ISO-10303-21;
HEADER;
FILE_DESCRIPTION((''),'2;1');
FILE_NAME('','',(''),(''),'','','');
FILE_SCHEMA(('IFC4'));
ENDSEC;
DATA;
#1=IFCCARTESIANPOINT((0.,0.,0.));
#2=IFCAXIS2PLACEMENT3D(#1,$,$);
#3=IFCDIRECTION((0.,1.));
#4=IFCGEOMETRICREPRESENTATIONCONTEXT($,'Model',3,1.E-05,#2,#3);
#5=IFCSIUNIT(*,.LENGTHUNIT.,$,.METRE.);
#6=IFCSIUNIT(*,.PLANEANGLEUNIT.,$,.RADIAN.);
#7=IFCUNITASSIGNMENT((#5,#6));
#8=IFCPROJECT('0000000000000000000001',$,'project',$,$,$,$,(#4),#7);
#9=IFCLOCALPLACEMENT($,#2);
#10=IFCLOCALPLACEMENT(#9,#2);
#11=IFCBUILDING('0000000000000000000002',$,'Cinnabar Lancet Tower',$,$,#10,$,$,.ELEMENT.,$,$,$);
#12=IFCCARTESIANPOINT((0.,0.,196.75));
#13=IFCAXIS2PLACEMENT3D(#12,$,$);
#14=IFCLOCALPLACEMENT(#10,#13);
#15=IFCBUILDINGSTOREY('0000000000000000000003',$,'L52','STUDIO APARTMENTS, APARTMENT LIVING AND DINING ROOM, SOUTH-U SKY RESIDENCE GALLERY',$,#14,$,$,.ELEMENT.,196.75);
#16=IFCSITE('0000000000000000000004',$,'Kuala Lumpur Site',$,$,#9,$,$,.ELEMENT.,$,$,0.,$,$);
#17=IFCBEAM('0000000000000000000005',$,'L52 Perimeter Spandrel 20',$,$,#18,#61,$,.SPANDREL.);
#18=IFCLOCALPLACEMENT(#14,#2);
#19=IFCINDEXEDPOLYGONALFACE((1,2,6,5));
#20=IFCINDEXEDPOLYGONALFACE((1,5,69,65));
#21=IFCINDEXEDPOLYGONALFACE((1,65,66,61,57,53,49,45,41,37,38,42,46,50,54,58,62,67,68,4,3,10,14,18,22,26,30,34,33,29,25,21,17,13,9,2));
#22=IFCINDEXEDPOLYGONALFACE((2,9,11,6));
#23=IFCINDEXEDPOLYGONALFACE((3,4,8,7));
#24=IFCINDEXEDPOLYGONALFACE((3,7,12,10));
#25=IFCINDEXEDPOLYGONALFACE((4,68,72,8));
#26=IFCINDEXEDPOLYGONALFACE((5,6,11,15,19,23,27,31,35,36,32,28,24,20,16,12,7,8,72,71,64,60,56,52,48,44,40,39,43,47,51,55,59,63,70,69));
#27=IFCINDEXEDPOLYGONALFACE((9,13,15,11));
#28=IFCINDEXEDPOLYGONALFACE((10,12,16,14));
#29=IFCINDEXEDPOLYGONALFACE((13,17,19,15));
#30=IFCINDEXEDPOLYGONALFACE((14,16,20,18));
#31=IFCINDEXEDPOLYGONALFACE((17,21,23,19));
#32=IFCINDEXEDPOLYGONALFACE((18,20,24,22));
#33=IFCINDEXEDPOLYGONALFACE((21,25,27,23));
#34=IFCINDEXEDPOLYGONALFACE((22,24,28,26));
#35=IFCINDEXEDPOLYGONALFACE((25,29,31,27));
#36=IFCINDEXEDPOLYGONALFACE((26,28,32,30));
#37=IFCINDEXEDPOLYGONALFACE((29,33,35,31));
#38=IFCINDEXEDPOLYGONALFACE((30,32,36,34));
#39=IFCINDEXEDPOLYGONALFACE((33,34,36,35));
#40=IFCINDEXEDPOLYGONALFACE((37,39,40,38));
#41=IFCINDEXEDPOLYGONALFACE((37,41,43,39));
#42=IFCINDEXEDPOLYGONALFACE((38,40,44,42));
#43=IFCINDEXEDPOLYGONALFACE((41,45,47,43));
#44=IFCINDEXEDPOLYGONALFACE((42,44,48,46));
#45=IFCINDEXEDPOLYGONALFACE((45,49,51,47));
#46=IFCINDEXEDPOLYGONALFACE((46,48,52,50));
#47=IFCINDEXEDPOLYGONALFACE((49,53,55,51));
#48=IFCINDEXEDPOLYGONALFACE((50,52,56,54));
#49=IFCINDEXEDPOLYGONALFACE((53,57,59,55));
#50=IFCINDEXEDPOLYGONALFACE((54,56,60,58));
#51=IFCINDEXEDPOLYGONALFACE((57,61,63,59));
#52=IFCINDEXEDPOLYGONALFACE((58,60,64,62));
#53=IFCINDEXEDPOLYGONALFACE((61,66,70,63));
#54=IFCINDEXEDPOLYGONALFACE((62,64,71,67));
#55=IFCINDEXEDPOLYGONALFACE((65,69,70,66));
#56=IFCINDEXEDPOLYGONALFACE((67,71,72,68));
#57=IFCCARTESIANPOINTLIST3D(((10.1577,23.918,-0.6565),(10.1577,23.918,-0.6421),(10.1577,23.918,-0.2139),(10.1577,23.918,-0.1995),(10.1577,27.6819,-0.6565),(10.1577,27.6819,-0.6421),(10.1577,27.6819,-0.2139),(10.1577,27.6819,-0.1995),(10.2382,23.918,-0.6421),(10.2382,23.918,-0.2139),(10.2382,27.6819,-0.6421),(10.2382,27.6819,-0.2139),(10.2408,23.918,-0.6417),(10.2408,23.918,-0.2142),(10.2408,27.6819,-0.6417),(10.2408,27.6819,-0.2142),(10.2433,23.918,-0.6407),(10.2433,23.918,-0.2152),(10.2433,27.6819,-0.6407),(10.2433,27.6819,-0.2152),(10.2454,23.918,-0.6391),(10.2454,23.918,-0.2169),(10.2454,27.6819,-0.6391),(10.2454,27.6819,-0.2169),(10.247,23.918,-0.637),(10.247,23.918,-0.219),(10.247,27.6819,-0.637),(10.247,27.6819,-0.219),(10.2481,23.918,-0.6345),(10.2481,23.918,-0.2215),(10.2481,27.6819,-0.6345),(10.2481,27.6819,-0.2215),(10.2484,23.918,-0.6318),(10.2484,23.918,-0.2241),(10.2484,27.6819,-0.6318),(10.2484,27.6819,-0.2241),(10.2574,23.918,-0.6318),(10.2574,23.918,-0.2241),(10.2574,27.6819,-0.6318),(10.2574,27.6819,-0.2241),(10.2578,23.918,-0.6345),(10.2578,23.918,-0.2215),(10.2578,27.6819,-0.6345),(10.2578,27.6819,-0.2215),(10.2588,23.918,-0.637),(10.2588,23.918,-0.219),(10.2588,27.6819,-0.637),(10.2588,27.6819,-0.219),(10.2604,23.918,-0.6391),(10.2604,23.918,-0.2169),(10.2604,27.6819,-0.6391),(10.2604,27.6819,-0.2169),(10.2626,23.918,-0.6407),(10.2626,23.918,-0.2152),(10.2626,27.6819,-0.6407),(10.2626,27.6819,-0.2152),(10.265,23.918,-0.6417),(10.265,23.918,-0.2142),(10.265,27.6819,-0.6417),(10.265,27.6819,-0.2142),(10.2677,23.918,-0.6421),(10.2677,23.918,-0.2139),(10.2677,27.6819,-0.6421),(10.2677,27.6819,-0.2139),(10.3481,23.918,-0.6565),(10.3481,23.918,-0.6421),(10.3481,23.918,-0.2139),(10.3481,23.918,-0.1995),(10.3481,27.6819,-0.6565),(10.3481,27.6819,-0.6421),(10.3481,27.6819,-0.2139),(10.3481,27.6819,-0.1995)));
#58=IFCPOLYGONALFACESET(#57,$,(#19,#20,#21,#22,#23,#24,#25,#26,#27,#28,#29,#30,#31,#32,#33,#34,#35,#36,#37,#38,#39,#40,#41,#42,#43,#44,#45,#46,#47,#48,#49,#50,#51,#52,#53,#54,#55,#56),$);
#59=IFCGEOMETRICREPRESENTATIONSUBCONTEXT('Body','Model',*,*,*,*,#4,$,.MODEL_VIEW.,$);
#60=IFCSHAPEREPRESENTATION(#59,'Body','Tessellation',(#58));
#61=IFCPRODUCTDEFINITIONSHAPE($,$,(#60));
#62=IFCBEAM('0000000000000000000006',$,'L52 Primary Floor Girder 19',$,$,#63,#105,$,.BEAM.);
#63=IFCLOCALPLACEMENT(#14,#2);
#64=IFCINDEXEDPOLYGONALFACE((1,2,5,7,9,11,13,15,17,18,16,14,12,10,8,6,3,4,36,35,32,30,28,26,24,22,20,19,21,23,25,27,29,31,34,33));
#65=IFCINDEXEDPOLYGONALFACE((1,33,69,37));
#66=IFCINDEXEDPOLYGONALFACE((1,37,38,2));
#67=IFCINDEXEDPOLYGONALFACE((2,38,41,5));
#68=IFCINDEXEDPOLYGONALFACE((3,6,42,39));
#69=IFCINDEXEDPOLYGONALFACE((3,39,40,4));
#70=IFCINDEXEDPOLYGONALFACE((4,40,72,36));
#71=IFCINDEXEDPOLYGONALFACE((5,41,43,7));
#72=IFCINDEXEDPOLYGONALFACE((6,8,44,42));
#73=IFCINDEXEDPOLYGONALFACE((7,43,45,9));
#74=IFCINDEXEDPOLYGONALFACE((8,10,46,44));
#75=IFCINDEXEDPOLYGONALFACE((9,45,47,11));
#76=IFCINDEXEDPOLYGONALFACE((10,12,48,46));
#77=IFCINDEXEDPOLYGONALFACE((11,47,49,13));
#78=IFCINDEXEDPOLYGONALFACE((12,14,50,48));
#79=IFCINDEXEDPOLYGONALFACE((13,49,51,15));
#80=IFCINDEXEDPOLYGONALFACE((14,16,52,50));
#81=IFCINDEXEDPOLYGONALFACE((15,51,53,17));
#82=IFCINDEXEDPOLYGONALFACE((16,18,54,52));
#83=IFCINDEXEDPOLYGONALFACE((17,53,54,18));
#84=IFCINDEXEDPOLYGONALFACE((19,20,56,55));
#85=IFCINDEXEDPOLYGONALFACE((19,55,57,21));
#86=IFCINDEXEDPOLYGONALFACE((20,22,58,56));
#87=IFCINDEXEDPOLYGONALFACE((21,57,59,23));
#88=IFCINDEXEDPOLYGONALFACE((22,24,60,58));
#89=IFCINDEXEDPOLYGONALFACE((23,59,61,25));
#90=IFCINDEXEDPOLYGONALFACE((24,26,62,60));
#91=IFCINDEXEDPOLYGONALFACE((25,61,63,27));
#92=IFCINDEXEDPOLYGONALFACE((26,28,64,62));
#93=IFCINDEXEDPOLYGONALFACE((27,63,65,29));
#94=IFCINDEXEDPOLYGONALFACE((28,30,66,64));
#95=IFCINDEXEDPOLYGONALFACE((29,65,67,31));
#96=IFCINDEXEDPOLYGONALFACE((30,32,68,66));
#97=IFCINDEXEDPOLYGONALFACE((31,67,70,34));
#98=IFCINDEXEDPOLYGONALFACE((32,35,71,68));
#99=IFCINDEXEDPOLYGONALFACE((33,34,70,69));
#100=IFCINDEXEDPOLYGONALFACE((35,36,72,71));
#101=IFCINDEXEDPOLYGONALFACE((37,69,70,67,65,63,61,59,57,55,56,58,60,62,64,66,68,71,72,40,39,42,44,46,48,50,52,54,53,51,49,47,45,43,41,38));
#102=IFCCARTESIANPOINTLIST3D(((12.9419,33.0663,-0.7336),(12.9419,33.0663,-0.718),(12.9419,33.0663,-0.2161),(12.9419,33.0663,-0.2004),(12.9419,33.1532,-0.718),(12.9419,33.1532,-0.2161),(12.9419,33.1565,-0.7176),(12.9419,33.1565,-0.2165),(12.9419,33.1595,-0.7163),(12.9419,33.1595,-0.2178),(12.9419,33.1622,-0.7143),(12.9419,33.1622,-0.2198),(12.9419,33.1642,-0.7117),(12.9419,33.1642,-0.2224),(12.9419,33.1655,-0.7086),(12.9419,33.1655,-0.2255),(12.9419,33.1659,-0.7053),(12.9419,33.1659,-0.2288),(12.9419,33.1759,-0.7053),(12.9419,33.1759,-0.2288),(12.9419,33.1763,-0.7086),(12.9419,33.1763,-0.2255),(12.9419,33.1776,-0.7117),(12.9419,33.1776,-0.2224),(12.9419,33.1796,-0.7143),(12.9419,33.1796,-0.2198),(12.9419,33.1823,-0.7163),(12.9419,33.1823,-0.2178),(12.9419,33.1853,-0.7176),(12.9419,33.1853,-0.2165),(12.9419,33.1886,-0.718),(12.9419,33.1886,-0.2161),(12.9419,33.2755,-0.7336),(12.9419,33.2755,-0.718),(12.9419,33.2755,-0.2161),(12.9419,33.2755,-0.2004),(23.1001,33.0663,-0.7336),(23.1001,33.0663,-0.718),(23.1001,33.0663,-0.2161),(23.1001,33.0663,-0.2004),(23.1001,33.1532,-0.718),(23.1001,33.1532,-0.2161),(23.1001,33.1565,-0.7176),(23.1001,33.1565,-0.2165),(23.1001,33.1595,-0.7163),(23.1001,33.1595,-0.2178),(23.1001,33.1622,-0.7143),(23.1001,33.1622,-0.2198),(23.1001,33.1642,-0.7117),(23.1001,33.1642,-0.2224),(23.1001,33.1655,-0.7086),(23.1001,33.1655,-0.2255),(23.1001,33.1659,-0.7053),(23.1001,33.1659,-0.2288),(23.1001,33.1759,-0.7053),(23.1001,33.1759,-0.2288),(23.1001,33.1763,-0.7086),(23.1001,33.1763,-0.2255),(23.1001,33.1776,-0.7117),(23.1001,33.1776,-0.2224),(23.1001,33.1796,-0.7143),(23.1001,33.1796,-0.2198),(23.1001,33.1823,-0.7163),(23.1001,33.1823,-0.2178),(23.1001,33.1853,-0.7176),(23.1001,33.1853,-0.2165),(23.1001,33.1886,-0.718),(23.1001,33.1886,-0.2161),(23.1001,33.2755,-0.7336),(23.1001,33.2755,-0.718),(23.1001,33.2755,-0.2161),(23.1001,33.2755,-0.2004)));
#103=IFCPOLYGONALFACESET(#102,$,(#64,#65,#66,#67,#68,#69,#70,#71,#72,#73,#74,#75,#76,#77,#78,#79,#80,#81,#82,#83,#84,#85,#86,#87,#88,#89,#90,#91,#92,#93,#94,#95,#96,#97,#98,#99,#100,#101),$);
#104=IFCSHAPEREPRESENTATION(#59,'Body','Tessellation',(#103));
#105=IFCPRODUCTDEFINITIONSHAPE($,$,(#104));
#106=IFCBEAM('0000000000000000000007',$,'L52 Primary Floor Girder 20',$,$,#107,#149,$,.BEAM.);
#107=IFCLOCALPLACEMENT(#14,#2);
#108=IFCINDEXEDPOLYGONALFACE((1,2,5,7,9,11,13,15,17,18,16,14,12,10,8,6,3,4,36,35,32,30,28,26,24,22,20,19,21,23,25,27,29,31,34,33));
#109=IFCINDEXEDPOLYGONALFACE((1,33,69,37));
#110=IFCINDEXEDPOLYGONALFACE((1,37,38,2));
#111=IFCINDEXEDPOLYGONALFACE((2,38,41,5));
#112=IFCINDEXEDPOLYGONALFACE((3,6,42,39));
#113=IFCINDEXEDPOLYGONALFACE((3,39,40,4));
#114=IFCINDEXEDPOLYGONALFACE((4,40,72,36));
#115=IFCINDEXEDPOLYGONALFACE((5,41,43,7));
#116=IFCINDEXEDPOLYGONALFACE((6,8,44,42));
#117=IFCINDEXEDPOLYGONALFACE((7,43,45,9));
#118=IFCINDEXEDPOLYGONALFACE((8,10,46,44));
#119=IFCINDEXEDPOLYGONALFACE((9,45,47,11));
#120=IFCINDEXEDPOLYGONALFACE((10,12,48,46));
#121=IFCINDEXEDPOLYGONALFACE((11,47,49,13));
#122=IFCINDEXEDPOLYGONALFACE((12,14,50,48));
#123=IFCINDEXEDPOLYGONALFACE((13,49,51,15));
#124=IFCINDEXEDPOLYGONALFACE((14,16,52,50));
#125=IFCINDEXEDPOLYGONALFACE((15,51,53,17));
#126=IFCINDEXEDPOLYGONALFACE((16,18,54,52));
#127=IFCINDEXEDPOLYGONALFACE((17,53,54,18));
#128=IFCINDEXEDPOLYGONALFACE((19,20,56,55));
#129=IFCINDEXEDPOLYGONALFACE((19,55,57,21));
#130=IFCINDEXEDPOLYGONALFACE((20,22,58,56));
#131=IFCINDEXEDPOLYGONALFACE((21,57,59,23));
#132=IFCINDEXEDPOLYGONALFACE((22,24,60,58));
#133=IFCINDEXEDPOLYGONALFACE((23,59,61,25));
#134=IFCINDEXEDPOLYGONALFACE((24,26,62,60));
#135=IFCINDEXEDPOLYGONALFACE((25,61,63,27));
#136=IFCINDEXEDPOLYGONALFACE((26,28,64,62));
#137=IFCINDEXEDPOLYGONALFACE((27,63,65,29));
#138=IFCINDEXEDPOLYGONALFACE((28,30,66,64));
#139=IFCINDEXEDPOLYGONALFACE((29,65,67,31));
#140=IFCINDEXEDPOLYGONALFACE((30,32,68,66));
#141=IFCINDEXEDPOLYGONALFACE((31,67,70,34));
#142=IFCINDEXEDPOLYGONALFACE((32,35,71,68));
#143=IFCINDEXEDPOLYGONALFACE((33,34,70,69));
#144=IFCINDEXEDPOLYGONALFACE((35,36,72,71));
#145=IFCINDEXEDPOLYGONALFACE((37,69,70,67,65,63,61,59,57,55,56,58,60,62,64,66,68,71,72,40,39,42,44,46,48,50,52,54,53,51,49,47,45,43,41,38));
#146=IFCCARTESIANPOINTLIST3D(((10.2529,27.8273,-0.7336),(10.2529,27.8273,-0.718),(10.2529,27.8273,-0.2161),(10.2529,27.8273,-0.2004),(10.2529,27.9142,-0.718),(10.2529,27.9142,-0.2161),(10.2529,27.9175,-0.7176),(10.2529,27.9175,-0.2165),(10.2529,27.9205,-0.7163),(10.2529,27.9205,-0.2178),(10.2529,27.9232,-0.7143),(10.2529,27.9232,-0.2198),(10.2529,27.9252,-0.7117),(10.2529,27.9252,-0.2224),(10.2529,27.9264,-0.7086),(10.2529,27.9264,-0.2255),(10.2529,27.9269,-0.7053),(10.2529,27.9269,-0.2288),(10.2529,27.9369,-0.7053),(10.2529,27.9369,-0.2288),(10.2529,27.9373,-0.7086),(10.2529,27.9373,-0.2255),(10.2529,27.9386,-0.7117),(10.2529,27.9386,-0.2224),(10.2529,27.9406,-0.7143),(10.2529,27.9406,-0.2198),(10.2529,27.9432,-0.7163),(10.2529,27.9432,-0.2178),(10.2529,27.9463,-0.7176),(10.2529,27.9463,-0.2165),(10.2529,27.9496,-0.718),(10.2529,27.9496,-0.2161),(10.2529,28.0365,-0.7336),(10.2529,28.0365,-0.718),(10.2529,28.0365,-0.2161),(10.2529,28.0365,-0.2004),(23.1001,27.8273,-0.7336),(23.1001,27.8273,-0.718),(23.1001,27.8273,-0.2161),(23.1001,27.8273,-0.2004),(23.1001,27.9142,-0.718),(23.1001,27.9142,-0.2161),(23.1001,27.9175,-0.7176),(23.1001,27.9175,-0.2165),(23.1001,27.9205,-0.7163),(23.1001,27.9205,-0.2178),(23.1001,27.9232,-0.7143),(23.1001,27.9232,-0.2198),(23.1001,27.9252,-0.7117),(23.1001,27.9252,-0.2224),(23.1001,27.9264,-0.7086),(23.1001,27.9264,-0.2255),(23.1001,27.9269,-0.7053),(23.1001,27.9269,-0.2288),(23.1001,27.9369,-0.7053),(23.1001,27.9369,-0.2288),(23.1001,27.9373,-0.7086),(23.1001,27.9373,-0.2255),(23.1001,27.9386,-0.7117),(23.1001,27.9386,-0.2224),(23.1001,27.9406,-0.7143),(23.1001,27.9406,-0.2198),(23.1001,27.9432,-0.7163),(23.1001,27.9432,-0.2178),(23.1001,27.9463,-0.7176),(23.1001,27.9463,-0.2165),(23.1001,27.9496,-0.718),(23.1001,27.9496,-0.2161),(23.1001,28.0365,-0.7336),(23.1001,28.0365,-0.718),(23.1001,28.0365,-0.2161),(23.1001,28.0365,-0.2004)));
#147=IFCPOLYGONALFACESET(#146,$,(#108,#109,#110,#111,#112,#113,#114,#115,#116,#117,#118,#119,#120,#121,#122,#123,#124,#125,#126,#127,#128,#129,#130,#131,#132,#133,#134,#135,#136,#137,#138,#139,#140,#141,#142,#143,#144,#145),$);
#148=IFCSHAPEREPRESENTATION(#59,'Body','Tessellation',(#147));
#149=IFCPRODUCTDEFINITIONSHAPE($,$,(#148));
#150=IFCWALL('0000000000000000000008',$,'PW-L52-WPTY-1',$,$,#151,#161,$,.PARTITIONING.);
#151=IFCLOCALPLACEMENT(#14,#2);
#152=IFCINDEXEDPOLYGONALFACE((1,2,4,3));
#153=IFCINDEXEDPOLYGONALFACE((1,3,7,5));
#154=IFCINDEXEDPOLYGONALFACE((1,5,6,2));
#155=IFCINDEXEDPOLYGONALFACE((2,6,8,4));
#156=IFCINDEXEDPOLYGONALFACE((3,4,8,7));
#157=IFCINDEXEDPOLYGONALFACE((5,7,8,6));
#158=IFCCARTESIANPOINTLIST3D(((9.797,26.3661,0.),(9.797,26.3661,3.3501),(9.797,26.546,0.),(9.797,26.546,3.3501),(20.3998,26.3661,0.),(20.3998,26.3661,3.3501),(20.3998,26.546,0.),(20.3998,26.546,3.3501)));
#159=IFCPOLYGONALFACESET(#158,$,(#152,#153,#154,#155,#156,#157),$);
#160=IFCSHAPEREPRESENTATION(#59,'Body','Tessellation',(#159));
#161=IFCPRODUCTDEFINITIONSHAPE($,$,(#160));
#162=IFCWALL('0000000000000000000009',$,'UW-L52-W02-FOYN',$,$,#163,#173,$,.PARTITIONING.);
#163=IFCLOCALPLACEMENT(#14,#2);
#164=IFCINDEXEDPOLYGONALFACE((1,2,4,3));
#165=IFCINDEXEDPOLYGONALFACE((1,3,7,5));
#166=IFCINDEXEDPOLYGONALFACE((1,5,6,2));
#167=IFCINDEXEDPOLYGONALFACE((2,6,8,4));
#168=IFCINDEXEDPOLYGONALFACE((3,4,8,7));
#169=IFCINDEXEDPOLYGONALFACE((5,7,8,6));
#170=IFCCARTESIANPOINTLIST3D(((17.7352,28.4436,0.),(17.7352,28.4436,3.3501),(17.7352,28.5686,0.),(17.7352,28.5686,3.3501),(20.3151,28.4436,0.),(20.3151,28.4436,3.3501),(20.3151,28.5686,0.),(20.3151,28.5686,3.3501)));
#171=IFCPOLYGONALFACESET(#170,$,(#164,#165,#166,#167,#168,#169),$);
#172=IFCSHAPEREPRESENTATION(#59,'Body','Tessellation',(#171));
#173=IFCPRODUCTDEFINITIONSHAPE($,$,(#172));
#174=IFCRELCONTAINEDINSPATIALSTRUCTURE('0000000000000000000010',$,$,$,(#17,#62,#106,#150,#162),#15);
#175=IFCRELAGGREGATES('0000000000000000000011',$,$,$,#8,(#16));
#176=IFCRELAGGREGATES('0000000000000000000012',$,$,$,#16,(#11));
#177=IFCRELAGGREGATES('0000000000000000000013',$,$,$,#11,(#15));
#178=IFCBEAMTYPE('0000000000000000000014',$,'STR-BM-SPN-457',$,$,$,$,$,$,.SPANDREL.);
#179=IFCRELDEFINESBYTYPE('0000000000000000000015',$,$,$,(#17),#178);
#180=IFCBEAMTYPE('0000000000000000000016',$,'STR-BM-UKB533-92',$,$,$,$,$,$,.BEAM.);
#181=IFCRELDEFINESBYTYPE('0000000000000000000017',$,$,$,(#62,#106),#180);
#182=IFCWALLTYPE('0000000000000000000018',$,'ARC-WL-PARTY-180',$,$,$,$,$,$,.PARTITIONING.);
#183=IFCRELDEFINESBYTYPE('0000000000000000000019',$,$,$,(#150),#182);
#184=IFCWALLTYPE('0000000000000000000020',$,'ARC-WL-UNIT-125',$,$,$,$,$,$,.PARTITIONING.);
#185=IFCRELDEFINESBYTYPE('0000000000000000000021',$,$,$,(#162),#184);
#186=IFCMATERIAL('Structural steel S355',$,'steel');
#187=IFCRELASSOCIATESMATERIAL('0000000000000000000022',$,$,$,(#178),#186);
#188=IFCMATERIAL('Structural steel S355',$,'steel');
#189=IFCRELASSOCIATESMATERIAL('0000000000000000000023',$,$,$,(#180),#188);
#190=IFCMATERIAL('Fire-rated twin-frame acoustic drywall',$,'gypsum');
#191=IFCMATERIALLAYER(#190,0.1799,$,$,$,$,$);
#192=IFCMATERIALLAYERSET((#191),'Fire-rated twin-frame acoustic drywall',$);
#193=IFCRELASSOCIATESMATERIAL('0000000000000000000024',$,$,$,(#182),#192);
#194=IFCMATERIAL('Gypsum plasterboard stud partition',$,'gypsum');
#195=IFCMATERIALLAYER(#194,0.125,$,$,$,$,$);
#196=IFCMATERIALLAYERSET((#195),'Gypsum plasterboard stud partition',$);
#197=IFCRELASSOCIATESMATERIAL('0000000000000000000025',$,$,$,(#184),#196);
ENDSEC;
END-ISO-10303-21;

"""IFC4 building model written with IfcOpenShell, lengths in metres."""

from ifc_helpers import new_model, si_unit, direction, frame, frame_2d, origin, origin_2d, place, context, subcontext, project, spatial, rectangle, i_section, extrude, material, layer, layer_set, material_profile, profile_set, type_object, element, save


model = new_model("IFC4")

# Units and contexts
model_context = context("Model", 3, precision=1e-05, world=origin(), true_north=direction((0.0, 1.0)))
body_context = subcontext(model_context, "Body", "Model", "MODEL_VIEW")
ifc_project = project(units=[si_unit("LENGTHUNIT", "METRE"), si_unit("PLANEANGLEUNIT", "RADIAN")], contexts=[model_context])

# Site, building, storey
site_placement = place(None, origin())
site = spatial("IfcSite", under=ifc_project, at=site_placement, Name="Kuala Lumpur Site", CompositionType="ELEMENT", RefElevation=0.0)
building_placement = place(site_placement, origin())
building = spatial("IfcBuilding", under=site, at=building_placement, Name="Cinnabar Lancet Tower", CompositionType="ELEMENT")
storey_placement = place(building_placement, frame((0.0, 0.0, 196.75)))
storey = spatial("IfcBuildingStorey", under=building, at=storey_placement, Name="L52", Description="STUDIO APARTMENTS, APARTMENT LIVING AND DINING ROOM, SOUTH-U SKY RESIDENCE GALLERY", CompositionType="ELEMENT", Elevation=196.75)

# Beams
ifc_material_1 = material(Name="Structural steel S355", Category="steel")
ifc_material_profile_1 = material_profile(ifc_material_1, i_section(OverallWidth=0.1904, OverallDepth=0.457, WebThickness=0.009, FlangeThickness=0.0144, FilletRadius=0.0103, at=origin_2d()), Name="UKB 457x191x74")
ifc_profile_set_1 = profile_set([ifc_material_profile_1], Name="Structural steel S355")
beam_type_1 = type_object("IfcBeamType", Name="STR-BM-SPN-457", PredefinedType="SPANDREL", material=ifc_profile_set_1)
beam_1_placement = place(storey_placement, frame((10.2529, 27.6819, -0.428), z_axis=(0.0, -1.0, 0.0), x_axis=(1.0, 0.0, 0.0)))
element("IfcBeam", 1, at=beam_1_placement, inside=storey, type_object=beam_type_1, Name="L52 Perimeter Spandrel 20", PredefinedType="SPANDREL", context=body_context, shape_type="SweptSolid", body=[
    extrude(i_section(OverallWidth=0.1904, OverallDepth=0.457, WebThickness=0.009, FlangeThickness=0.0144, FilletRadius=0.0103, at=origin_2d()), origin(), (0.0, 0.0, 1.0), 3.7639),
])
ifc_material_2 = material(Name="Structural steel S355", Category="steel")
ifc_material_profile_2 = material_profile(ifc_material_2, i_section(OverallWidth=0.2092, OverallDepth=0.5332, WebThickness=0.01, FlangeThickness=0.0156, FilletRadius=0.0127, at=origin_2d()), Name="UKB 533x210x92")
ifc_profile_set_2 = profile_set([ifc_material_profile_2], Name="Structural steel S355")
beam_type_2 = type_object("IfcBeamType", Name="STR-BM-UKB533-92", PredefinedType="BEAM", material=ifc_profile_set_2)
beam_2_placement = place(storey_placement, frame((12.9419, 33.1709, -0.467), z_axis=(1.0, 0.0, 0.0), x_axis=(0.0, 1.0, 0.0)))
element("IfcBeam", 2, at=beam_2_placement, inside=storey, type_object=beam_type_2, Name="L52 Primary Floor Girder 19", PredefinedType="BEAM", context=body_context, shape_type="SweptSolid", body=[
    extrude(i_section(OverallWidth=0.2092, OverallDepth=0.5332, WebThickness=0.01, FlangeThickness=0.0156, FilletRadius=0.0127, at=origin_2d()), origin(), (0.0, 0.0, 1.0), 10.1582),
])
beam_3_placement = place(storey_placement, frame((10.2529, 27.9319, -0.467), z_axis=(1.0, 0.0, 0.0), x_axis=(0.0, 1.0, 0.0)))
element("IfcBeam", 3, at=beam_3_placement, inside=storey, type_object=beam_type_2, Name="L52 Primary Floor Girder 20", PredefinedType="BEAM", context=body_context, shape_type="SweptSolid", body=[
    extrude(i_section(OverallWidth=0.2092, OverallDepth=0.5332, WebThickness=0.01, FlangeThickness=0.0156, FilletRadius=0.0127, at=origin_2d()), origin(), (0.0, 0.0, 1.0), 12.8472),
])

# Walls
ifc_material_3 = material(Name="Fire-rated twin-frame acoustic drywall", Category="gypsum")
ifc_layer_1 = layer(ifc_material_3, 0.1799)
ifc_layer_set_1 = layer_set([ifc_layer_1], Name="Fire-rated twin-frame acoustic drywall")
wall_type_1 = type_object("IfcWallType", Name="ARC-WL-PARTY-180", PredefinedType="PARTITIONING", material=ifc_layer_set_1)
wall_1_placement = place(storey_placement, frame((9.7971, 26.4561, 0.0), z_axis=(0.0, 0.0, 1.0), x_axis=(1.0, 0.0, 0.0)))
element("IfcWall", 4, at=wall_1_placement, inside=storey, type_object=wall_type_1, Name="PW-L52-WPTY-1", PredefinedType="PARTITIONING", context=body_context, shape_type="SweptSolid", body=[
    extrude(rectangle(XDim=10.6028, YDim=0.1799, at=frame_2d((5.3013, 0.0))), origin(), (0.0, 0.0, 1.0), 3.3501),
])
ifc_material_4 = material(Name="Gypsum plasterboard stud partition", Category="gypsum")
ifc_layer_2 = layer(ifc_material_4, 0.125)
ifc_layer_set_2 = layer_set([ifc_layer_2], Name="Gypsum plasterboard stud partition")
wall_type_2 = type_object("IfcWallType", Name="ARC-WL-UNIT-125", PredefinedType="PARTITIONING", material=ifc_layer_set_2)
wall_2_placement = place(storey_placement, frame((17.7351, 28.5061, 0.0), z_axis=(0.0, 0.0, 1.0), x_axis=(1.0, 0.0, 0.0)))
element("IfcWall", 5, at=wall_2_placement, inside=storey, type_object=wall_type_2, Name="UW-L52-W02-FOYN", PredefinedType="PARTITIONING", context=body_context, shape_type="SweptSolid", body=[
    extrude(rectangle(XDim=2.5798, YDim=0.125, at=frame_2d((1.29, 0.0))), origin(), (0.0, 0.0, 1.0), 3.3501),
])

save(model, "model.ifc")
